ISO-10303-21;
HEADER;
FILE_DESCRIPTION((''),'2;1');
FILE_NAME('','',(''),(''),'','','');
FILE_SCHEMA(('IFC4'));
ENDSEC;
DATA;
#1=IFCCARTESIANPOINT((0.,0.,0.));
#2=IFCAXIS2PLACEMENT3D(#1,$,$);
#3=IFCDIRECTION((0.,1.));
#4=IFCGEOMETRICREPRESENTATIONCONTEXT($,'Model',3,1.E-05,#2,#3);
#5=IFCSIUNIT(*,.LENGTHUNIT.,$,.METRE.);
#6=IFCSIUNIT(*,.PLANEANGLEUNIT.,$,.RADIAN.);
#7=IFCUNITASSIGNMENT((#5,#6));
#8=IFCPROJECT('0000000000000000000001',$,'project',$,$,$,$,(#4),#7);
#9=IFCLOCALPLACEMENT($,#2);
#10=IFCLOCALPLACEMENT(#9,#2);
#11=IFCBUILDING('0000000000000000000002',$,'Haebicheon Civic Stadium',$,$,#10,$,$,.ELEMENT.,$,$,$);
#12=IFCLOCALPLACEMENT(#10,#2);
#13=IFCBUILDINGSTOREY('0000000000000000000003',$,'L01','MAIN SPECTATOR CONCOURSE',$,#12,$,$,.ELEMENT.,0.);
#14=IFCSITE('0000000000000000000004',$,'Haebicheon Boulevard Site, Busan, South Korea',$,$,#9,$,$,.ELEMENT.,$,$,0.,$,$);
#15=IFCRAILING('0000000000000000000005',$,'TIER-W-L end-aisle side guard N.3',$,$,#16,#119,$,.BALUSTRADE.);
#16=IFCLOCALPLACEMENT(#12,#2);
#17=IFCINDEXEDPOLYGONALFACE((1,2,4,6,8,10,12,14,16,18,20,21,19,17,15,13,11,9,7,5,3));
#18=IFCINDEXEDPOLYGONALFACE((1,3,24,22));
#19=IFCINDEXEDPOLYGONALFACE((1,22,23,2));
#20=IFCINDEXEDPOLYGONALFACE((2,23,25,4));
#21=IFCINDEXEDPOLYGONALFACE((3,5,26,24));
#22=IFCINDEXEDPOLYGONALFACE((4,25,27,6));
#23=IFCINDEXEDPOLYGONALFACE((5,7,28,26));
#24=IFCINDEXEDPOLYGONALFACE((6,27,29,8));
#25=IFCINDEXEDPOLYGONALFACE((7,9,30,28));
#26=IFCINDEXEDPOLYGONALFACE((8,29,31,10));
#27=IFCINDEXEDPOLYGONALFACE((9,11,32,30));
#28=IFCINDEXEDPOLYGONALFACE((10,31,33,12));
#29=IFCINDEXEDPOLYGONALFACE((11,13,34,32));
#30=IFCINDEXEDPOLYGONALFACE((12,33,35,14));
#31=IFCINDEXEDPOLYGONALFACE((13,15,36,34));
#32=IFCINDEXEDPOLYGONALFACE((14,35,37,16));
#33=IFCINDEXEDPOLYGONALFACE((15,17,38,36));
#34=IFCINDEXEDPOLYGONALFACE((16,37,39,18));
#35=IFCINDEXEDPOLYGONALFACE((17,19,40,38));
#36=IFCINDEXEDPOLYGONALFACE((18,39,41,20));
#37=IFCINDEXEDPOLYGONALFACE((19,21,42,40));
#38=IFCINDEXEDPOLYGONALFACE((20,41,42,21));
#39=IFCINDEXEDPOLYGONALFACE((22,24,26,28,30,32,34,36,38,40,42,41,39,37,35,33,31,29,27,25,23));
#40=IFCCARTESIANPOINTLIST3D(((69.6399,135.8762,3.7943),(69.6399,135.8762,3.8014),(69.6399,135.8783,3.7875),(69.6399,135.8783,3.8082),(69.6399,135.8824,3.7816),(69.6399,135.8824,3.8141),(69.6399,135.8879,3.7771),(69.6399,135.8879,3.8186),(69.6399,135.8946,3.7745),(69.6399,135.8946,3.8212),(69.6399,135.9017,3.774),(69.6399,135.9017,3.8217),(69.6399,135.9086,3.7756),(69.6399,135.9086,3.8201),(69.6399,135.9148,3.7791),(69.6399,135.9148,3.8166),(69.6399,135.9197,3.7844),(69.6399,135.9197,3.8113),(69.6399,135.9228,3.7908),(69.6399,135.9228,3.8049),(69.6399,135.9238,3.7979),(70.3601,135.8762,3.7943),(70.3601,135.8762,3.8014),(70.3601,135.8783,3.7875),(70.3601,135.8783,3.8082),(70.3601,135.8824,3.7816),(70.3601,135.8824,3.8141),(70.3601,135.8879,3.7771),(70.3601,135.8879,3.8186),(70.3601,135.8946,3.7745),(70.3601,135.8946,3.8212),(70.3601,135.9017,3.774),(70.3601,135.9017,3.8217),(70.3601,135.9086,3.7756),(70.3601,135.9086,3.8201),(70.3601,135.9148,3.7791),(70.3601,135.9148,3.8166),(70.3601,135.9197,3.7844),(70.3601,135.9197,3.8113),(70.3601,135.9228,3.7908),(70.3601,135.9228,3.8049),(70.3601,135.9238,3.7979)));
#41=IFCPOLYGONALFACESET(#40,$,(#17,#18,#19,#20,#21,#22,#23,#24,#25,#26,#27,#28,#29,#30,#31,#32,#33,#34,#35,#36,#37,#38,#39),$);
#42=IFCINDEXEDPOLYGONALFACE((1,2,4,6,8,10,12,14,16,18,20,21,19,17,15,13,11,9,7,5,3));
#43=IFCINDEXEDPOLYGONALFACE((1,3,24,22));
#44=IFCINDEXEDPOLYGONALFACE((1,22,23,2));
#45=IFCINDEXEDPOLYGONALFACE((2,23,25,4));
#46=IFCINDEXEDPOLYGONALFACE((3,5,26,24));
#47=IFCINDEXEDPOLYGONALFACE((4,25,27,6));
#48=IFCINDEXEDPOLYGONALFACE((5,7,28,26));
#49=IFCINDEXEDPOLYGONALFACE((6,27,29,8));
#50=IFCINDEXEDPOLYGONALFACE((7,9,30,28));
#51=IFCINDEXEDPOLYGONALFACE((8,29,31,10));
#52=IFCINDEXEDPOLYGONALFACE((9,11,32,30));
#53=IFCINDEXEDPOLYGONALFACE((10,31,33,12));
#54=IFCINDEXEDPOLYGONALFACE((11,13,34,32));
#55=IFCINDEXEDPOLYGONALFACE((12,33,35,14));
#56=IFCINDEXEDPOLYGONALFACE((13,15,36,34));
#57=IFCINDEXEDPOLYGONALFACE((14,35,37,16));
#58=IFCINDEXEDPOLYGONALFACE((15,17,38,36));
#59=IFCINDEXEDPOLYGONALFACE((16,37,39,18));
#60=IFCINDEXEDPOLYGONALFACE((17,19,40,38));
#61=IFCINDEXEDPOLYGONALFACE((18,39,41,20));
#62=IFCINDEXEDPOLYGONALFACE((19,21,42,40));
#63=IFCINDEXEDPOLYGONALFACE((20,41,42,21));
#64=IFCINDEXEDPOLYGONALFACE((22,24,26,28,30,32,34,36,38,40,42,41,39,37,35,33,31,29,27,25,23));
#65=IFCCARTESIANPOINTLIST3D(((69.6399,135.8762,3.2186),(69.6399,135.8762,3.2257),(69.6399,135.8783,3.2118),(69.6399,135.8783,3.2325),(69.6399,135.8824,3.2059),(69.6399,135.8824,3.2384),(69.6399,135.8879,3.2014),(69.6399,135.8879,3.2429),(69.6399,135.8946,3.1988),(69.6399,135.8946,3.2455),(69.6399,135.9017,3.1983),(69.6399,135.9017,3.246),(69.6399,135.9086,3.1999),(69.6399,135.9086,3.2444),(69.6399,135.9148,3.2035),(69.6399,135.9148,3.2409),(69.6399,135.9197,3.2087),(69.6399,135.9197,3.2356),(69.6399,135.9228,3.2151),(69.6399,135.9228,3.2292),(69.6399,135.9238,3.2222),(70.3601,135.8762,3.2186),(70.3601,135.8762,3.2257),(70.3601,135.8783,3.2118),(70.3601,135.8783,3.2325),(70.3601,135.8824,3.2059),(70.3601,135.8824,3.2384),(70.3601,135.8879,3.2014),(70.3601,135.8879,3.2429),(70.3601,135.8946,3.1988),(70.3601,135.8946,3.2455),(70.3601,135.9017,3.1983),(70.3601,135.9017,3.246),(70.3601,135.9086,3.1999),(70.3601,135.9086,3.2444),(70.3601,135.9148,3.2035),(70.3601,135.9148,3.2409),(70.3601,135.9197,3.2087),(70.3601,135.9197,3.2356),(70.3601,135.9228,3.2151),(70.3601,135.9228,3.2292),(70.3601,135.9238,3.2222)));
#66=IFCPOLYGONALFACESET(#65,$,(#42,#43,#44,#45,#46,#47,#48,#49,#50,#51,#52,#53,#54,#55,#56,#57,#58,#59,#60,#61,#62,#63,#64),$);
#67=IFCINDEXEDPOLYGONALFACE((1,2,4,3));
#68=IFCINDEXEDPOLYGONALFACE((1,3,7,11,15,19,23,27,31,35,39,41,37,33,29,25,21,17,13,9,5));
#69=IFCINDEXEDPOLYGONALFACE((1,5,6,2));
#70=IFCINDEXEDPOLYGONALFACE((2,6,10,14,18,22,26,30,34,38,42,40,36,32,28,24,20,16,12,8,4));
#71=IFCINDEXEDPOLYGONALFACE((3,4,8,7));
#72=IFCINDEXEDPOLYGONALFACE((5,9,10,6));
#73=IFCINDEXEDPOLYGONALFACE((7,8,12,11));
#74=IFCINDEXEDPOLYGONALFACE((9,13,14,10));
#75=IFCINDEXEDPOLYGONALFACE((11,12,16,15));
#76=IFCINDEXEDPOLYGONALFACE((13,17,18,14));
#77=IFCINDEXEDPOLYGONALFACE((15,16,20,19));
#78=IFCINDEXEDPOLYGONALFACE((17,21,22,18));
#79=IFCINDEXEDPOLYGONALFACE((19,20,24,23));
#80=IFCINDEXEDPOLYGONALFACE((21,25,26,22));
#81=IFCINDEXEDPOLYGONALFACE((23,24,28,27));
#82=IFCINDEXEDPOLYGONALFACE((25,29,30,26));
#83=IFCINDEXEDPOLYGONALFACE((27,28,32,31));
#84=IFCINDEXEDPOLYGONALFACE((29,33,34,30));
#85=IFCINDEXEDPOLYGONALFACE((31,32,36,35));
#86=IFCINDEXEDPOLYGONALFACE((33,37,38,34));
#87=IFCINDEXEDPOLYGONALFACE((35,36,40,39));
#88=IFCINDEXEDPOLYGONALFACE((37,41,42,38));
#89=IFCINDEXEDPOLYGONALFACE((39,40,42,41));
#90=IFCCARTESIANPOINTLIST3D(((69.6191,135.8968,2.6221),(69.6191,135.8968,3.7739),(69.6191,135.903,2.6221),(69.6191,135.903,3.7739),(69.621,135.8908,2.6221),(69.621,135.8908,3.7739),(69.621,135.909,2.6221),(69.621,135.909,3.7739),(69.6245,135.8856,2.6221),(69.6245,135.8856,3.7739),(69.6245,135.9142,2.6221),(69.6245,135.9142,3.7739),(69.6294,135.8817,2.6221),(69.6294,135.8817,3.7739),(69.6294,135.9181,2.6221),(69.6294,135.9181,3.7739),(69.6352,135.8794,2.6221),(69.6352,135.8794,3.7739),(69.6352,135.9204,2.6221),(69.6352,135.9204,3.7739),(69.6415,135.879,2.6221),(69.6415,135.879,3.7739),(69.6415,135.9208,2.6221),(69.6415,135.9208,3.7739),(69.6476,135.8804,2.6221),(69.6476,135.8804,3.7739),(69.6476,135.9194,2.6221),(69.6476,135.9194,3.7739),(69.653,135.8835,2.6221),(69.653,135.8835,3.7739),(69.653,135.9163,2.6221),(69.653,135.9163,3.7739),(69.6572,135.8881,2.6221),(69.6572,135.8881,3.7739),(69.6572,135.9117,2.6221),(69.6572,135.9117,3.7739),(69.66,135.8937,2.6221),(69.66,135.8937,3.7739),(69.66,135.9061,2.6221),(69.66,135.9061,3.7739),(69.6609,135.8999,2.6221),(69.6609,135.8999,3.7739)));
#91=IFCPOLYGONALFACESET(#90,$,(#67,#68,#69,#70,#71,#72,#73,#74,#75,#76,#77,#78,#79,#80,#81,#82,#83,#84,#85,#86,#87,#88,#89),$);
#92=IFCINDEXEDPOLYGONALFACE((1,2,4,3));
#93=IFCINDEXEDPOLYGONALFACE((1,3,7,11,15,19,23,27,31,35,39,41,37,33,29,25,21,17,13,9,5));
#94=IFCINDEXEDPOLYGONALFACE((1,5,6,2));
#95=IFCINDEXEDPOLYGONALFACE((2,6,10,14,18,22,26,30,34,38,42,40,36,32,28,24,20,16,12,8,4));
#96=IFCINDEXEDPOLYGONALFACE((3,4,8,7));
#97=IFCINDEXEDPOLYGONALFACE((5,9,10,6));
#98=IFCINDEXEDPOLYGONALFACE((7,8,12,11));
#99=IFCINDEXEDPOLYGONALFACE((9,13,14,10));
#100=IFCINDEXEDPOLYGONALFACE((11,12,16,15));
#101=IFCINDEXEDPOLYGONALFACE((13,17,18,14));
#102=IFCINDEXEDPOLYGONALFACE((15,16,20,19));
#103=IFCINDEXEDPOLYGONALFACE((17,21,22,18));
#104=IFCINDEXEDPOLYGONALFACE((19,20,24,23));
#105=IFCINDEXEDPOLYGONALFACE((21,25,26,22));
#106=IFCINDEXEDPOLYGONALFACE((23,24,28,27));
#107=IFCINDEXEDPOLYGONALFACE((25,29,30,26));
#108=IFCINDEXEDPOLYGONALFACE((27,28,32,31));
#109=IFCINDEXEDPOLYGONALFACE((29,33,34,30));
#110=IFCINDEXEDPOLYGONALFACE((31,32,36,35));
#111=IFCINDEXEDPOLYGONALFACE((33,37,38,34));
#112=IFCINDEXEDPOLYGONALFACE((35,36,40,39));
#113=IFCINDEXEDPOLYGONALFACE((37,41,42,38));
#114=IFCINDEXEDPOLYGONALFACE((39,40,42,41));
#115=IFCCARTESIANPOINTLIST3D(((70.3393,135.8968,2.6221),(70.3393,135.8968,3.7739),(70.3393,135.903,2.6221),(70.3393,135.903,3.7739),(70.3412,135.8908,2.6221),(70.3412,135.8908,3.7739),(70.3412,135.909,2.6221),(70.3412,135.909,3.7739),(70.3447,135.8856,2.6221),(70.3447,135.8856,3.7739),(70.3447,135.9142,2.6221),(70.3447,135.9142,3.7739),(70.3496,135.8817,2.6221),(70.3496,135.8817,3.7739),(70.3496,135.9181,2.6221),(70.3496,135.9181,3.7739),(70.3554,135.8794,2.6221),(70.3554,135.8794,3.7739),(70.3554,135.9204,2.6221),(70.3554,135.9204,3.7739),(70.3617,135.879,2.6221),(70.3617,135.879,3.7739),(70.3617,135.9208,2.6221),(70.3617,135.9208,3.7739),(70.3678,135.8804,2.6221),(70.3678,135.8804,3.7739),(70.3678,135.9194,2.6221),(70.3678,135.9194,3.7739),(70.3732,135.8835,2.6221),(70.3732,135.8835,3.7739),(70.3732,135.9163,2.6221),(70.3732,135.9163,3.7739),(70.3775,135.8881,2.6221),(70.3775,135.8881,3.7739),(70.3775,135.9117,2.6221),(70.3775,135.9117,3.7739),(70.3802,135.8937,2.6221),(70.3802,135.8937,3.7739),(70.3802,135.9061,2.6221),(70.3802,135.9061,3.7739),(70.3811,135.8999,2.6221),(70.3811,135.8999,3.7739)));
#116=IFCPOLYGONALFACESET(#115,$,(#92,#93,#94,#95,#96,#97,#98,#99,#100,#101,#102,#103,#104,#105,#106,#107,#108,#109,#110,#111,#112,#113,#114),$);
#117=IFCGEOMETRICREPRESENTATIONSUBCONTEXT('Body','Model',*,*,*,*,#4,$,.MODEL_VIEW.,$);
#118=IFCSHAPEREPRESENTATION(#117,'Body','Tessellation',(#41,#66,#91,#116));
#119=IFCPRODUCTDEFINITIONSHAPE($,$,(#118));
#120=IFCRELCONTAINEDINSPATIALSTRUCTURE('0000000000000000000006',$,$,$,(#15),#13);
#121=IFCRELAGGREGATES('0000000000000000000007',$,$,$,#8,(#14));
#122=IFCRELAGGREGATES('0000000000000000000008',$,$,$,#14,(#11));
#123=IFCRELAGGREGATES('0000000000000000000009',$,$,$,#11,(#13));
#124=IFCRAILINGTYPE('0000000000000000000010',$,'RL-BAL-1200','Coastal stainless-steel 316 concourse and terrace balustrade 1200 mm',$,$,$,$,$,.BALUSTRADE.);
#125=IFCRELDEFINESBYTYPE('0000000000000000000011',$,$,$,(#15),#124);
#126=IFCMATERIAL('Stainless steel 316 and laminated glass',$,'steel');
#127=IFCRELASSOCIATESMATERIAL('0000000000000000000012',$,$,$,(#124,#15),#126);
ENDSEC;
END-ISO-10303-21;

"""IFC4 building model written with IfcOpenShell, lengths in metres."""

from ifc_helpers import new_model, si_unit, direction, frame, origin, origin_2d, place, context, subcontext, project, spatial, circle, extrude, material, type_object, element, save


model = new_model("IFC4")

# Units and contexts
model_context = context("Model", 3, precision=1e-05, world=origin(), true_north=direction((0.0, 1.0)))
body_context = subcontext(model_context, "Body", "Model", "MODEL_VIEW")
ifc_project = project(units=[si_unit("LENGTHUNIT", "METRE"), si_unit("PLANEANGLEUNIT", "RADIAN")], contexts=[model_context])

# Site, building, storey
site_placement = place(None, origin())
site = spatial("IfcSite", under=ifc_project, at=site_placement, Name="Haebicheon Boulevard Site, Busan, South Korea", CompositionType="ELEMENT", RefElevation=0.0)
building_placement = place(site_placement, origin())
building = spatial("IfcBuilding", under=site, at=building_placement, Name="Haebicheon Civic Stadium", CompositionType="ELEMENT")
storey_placement = place(building_placement, origin())
storey = spatial("IfcBuildingStorey", under=building, at=storey_placement, Name="L01", Description="MAIN SPECTATOR CONCOURSE", CompositionType="ELEMENT", Elevation=0.0)

# Railing
ifc_material_1 = material(Name="Stainless steel 316 and laminated glass", Category="steel")
railing_type = type_object("IfcRailingType", Name="RL-BAL-1200", Description="Coastal stainless-steel 316 concourse and terrace balustrade 1200 mm", PredefinedType="BALUSTRADE", material=ifc_material_1)
railing_placement = place(storey_placement, frame((69.6399, 135.8999, 2.6221)))
element("IfcRailing", 1, at=railing_placement, inside=storey, type_object=railing_type, material=ifc_material_1, Name="TIER-W-L end-aisle side guard N.3", PredefinedType="BALUSTRADE", context=body_context, shape_type="SweptSolid", body=[
    extrude(circle(Radius=0.0239, at=origin_2d()), frame((0.0, 0.0, 1.1758), z_axis=(1.0, 0.0, 0.0), x_axis=(0.0, 1.0, 0.0)), (0.0, 0.0, 1.0), 0.7202),
    extrude(circle(Radius=0.0239, at=origin_2d()), frame((0.0, 0.0, 0.6001), z_axis=(1.0, 0.0, 0.0), x_axis=(0.0, 1.0, 0.0)), (0.0, 0.0, 1.0), 0.7202),
    extrude(circle(Radius=0.021, at=origin_2d()), origin(), (0.0, 0.0, 1.0), 1.1519),
    extrude(circle(Radius=0.021, at=origin_2d()), frame((0.7202, 0.0, 0.0)), (0.0, 0.0, 1.0), 1.1519),
])

save(model, "model.ifc")
